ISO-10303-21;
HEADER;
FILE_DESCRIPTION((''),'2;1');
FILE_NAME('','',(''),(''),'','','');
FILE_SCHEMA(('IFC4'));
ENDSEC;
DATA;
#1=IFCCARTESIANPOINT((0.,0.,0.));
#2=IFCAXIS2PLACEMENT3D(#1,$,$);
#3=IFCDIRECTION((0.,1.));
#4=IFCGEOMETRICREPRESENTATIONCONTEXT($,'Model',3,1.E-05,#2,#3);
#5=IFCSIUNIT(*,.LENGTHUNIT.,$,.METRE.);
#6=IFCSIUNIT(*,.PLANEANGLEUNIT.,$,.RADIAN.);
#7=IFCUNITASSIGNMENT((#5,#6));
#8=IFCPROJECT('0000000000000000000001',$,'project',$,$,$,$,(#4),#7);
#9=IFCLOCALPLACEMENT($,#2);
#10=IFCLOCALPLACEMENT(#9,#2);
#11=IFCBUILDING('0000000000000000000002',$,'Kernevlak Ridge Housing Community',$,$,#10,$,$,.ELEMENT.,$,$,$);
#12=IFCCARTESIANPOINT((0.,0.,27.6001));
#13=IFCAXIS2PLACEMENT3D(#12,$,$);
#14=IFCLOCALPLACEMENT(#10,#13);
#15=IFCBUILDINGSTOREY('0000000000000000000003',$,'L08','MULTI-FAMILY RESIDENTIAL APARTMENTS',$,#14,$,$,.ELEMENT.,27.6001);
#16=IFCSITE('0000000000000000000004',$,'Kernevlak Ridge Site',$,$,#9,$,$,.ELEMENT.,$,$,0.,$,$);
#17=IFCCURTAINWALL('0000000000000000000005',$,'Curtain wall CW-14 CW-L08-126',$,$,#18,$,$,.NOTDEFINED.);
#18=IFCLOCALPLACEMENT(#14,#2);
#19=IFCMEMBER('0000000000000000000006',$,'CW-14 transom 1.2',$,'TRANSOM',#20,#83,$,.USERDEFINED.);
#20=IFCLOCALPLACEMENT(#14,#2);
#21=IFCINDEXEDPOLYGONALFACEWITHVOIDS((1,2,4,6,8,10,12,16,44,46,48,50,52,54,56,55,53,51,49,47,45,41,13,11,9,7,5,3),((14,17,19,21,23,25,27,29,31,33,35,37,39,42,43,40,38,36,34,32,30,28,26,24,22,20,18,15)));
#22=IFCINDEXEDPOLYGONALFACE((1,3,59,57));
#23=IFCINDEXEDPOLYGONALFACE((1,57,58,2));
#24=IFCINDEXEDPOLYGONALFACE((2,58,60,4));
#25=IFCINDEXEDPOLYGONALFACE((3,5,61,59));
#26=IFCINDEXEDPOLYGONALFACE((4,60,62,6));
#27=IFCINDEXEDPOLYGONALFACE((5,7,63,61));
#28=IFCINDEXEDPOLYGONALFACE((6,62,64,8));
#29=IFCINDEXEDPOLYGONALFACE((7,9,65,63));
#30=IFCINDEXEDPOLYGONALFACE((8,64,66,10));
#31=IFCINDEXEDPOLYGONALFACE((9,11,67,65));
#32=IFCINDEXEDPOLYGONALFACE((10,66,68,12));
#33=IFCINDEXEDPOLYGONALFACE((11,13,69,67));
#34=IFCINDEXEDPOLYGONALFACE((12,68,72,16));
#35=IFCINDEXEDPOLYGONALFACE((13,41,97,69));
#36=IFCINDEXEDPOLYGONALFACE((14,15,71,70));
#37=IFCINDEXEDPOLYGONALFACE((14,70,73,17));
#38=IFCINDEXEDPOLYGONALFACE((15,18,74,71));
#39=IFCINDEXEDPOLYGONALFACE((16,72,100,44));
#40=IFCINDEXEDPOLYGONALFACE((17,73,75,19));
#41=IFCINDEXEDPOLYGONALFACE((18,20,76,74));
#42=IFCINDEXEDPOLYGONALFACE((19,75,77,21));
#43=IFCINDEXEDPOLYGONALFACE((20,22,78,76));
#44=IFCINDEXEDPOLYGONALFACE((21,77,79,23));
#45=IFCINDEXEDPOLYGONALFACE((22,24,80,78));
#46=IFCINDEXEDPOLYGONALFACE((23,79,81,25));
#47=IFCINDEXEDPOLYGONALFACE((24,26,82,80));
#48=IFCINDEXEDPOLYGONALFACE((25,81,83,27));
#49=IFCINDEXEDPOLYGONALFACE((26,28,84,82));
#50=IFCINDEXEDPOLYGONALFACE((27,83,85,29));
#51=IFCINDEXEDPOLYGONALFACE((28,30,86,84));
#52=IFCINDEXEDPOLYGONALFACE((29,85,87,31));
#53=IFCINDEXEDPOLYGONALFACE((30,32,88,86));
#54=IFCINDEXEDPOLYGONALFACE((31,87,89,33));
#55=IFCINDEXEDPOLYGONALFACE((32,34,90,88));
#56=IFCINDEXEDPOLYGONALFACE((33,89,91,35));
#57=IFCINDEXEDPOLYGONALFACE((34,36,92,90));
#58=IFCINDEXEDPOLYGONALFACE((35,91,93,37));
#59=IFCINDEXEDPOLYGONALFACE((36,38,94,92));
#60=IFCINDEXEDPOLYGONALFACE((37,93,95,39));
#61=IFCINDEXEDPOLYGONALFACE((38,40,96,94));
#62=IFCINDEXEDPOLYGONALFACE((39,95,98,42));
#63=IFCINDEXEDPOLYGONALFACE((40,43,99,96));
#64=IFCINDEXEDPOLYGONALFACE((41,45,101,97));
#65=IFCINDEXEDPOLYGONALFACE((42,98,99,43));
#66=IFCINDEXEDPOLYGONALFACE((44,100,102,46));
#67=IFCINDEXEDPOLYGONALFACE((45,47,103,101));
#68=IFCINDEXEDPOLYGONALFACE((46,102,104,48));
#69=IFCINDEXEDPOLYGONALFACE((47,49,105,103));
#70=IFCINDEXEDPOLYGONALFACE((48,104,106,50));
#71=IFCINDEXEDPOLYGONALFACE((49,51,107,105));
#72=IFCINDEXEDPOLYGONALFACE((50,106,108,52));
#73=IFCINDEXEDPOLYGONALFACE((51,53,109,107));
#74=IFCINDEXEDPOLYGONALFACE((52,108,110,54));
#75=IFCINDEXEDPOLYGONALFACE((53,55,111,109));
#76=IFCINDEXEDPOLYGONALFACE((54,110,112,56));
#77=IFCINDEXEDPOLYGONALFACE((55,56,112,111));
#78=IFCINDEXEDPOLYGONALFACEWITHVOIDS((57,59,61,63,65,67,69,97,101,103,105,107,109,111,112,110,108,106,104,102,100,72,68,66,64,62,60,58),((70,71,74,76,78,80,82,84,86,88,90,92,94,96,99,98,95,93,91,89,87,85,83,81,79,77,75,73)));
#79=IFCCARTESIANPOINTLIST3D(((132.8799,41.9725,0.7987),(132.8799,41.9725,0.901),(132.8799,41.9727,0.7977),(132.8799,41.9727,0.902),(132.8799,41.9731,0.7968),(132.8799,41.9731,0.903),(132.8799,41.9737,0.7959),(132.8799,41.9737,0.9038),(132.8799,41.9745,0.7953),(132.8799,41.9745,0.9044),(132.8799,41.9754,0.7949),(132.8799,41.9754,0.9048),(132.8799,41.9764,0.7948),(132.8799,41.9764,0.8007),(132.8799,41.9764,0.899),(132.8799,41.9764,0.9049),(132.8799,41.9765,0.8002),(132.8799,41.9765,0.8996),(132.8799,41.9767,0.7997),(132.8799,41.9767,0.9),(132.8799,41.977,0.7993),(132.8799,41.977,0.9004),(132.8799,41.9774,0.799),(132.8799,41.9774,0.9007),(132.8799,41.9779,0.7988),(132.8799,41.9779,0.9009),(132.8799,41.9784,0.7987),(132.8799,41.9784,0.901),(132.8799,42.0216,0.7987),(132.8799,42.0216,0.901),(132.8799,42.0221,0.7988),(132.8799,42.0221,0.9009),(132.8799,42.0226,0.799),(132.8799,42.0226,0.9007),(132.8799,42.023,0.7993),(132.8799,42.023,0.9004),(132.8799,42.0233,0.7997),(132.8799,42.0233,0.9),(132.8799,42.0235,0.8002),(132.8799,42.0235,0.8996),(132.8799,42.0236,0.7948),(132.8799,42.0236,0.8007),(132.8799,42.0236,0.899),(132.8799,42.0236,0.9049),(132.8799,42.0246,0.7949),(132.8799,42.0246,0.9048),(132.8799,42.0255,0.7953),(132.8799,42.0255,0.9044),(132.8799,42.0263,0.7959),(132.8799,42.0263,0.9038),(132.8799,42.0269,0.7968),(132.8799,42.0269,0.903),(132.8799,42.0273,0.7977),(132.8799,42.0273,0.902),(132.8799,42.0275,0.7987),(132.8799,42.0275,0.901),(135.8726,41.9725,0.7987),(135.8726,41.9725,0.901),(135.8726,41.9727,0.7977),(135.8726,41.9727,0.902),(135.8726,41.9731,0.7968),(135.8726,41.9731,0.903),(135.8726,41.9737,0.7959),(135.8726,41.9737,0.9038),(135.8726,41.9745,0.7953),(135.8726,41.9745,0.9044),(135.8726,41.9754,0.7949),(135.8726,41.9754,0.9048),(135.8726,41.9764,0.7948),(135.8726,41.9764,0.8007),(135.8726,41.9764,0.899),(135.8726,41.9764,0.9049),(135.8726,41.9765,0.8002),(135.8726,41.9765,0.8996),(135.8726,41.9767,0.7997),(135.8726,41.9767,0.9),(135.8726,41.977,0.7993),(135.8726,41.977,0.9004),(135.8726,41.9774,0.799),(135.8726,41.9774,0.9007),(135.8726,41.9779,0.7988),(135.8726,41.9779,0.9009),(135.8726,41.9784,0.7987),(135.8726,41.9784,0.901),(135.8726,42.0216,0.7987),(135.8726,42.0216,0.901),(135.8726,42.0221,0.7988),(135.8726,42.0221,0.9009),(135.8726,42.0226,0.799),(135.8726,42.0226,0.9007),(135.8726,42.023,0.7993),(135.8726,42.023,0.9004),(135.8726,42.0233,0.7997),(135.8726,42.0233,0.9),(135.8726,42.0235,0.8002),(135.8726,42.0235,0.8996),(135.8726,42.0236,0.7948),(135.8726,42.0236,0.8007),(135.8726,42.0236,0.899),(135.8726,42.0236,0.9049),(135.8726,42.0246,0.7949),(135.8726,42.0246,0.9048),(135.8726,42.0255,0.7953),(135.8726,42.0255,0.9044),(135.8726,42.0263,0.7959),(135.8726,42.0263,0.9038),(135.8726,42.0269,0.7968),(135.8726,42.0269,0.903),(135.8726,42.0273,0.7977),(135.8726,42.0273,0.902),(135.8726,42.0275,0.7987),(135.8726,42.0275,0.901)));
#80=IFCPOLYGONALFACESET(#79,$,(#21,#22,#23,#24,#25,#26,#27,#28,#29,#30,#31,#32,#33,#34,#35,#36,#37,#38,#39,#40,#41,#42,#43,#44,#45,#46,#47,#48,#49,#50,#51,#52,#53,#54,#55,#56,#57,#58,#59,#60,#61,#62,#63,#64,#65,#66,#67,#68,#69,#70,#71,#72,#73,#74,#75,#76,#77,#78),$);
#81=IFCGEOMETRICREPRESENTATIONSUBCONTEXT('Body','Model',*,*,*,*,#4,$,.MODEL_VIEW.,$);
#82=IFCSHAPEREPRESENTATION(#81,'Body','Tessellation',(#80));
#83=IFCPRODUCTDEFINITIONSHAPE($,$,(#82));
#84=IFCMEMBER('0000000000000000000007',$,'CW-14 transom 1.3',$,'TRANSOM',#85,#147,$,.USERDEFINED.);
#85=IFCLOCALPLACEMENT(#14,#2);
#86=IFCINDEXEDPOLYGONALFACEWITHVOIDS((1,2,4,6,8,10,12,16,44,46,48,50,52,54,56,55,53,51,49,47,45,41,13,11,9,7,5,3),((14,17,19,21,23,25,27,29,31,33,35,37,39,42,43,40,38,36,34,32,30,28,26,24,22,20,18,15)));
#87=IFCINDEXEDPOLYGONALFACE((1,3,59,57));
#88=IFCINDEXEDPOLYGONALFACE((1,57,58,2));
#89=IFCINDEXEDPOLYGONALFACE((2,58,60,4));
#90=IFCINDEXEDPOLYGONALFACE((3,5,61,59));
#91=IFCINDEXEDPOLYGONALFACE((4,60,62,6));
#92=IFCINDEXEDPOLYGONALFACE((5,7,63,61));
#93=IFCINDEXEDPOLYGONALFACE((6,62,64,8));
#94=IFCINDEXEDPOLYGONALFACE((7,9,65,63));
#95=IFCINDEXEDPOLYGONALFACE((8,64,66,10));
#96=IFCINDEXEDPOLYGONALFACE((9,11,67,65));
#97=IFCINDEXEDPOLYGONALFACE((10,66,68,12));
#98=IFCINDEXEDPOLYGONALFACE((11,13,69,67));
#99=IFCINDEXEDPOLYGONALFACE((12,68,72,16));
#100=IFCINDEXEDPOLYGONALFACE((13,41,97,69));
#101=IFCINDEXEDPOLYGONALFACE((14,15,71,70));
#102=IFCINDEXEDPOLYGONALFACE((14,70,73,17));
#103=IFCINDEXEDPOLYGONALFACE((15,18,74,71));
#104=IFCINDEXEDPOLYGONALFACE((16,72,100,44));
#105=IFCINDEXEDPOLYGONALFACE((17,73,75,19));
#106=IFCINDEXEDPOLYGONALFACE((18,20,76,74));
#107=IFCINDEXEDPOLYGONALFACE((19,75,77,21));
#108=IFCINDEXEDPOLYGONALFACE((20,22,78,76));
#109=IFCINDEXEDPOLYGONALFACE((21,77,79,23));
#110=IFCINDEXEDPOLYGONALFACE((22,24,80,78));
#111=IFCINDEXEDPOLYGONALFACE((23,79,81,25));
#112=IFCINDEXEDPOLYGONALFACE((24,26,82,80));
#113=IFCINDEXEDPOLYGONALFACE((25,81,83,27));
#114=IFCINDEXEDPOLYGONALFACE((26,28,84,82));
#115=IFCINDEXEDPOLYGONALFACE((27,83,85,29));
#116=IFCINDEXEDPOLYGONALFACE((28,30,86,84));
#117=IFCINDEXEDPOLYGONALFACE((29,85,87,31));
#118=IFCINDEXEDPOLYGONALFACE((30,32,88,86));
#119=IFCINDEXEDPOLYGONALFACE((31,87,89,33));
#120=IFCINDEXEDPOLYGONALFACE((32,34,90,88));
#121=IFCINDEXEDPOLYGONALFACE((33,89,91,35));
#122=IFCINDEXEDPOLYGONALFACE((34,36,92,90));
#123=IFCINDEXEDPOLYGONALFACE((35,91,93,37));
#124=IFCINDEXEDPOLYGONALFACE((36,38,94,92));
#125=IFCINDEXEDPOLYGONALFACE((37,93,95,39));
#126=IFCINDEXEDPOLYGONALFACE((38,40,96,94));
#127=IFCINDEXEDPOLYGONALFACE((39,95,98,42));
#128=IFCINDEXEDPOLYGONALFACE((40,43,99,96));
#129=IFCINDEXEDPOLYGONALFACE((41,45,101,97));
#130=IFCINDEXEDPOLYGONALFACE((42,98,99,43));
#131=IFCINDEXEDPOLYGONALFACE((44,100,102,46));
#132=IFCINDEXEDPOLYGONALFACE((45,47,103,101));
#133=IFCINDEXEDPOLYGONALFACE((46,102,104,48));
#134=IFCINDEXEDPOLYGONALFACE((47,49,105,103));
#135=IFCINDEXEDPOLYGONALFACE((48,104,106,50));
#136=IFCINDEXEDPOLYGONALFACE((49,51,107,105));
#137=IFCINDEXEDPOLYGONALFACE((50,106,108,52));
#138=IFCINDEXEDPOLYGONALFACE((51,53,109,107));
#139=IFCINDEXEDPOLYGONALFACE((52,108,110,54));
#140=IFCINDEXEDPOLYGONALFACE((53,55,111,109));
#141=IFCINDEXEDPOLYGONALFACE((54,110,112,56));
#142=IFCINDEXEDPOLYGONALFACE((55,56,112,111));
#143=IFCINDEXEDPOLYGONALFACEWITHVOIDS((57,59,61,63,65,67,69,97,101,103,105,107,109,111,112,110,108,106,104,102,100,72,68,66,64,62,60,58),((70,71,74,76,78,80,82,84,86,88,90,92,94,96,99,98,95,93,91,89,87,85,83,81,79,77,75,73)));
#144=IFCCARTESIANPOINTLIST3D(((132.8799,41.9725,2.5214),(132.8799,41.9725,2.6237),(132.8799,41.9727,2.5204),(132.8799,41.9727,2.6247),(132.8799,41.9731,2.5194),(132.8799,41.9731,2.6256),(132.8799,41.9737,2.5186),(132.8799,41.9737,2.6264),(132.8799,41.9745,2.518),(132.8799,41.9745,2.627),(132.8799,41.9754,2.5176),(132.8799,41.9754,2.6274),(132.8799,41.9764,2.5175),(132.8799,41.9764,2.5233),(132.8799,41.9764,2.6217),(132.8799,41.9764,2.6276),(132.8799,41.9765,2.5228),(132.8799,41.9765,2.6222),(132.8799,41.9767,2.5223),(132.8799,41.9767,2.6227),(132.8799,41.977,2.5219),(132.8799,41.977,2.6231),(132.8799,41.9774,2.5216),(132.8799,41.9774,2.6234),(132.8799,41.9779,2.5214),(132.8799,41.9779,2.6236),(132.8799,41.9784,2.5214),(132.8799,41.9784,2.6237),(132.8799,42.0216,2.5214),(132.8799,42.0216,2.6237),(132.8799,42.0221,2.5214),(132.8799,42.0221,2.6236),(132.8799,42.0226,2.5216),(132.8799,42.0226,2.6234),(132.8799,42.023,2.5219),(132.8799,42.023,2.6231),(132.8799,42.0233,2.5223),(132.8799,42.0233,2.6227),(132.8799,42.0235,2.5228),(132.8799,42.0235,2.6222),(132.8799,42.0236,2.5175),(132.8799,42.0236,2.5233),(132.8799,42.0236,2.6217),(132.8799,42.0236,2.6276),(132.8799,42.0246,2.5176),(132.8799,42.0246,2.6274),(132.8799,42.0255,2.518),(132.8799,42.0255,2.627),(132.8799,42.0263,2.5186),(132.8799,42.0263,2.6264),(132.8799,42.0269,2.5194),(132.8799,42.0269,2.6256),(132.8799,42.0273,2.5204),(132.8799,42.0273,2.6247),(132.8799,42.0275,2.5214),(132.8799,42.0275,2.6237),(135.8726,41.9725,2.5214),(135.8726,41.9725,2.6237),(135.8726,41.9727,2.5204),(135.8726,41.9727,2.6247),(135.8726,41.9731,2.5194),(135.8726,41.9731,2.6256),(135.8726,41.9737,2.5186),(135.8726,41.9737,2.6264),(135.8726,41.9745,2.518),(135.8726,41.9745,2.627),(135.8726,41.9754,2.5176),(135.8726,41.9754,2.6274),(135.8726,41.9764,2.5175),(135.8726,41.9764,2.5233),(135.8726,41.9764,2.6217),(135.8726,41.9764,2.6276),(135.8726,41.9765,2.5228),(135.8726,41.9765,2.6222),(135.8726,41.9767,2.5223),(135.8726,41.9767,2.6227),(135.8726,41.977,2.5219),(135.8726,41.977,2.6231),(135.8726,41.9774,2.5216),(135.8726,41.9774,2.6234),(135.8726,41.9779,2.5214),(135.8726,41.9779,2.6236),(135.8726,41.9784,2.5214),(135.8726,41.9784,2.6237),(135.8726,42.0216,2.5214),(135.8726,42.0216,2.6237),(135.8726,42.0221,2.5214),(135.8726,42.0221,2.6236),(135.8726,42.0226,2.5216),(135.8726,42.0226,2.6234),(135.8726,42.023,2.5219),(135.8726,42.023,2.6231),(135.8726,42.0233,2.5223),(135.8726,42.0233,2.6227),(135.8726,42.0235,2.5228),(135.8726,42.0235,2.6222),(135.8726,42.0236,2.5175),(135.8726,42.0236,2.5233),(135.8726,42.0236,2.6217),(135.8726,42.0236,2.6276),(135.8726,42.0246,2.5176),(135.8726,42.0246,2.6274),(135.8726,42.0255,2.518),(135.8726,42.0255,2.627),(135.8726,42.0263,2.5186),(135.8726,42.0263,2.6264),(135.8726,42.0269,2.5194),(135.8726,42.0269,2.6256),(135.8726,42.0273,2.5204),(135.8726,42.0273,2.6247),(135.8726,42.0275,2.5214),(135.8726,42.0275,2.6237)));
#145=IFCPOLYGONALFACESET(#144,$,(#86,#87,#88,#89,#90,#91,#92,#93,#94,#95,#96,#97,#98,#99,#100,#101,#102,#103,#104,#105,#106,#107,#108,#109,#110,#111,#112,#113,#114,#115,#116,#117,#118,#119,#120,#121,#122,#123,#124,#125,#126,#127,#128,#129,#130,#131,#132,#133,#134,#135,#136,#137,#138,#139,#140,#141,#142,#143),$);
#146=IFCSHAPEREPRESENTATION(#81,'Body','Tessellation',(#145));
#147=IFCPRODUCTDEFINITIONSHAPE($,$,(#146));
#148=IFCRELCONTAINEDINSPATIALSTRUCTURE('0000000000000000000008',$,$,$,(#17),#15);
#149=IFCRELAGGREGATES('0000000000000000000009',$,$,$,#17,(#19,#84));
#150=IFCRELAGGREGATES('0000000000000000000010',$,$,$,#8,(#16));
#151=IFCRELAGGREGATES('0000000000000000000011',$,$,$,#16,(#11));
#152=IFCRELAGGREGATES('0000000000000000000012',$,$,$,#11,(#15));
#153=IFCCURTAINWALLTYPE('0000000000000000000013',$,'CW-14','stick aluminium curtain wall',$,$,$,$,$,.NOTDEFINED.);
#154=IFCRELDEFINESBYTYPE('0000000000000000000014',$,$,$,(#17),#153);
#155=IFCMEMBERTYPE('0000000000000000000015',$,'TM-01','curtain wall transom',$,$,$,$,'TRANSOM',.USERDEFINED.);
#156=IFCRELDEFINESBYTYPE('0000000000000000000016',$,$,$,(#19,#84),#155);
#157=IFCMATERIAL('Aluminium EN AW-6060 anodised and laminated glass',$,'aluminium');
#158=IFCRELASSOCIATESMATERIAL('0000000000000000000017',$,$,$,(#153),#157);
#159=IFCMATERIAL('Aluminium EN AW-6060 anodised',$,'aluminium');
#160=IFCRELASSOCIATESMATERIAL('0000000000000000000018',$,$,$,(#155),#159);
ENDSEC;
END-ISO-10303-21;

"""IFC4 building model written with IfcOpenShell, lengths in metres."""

from ifc_helpers import new_model, si_unit, direction, frame, origin, origin_2d, place, context, subcontext, project, spatial, hollow_rectangle, extrude, material, material_profile, profile_set, type_object, element, aggregate, save


model = new_model("IFC4")

# Units and contexts
model_context = context("Model", 3, precision=1e-05, world=origin(), true_north=direction((0.0, 1.0)))
body_context = subcontext(model_context, "Body", "Model", "MODEL_VIEW")
ifc_project = project(units=[si_unit("LENGTHUNIT", "METRE"), si_unit("PLANEANGLEUNIT", "RADIAN")], contexts=[model_context])

# Site, building, storey
site_placement = place(None, origin())
site = spatial("IfcSite", under=ifc_project, at=site_placement, Name="Kernevlak Ridge Site", CompositionType="ELEMENT", RefElevation=0.0)
building_placement = place(site_placement, origin())
building = spatial("IfcBuilding", under=site, at=building_placement, Name="Kernevlak Ridge Housing Community", CompositionType="ELEMENT")
storey_placement = place(building_placement, frame((0.0, 0.0, 27.6001)))
storey = spatial("IfcBuildingStorey", under=building, at=storey_placement, Name="L08", Description="MULTI-FAMILY RESIDENTIAL APARTMENTS", CompositionType="ELEMENT", Elevation=27.6001)

# Curtain wall
ifc_material_1 = material(Name="Aluminium EN AW-6060 anodised and laminated glass", Category="aluminium")
curtain_wall_type = type_object("IfcCurtainWallType", Name="CW-14", Description="stick aluminium curtain wall", PredefinedType="NOTDEFINED", material=ifc_material_1)
curtain_wall_placement = place(storey_placement, origin())
curtain_wall = element("IfcCurtainWall", 1, at=curtain_wall_placement, inside=storey, type_object=curtain_wall_type, Name="Curtain wall CW-14 CW-L08-126", PredefinedType="NOTDEFINED")
ifc_material_2 = material(Name="Aluminium EN AW-6060 anodised", Category="aluminium")

# Members
ifc_material_profile_1 = material_profile(ifc_material_2, hollow_rectangle(XDim=0.0549, YDim=0.1101, WallThickness=0.0039, InnerFilletRadius=0.002, OuterFilletRadius=0.0039, at=origin_2d()), Name="ALU 55x110x4")
ifc_profile_set_1 = profile_set([ifc_material_profile_1], Name="Aluminium EN AW-6060 anodised")
member_type_1 = type_object("IfcMemberType", Name="TM-01", Description="curtain wall transom", ElementType="TRANSOM", PredefinedType="USERDEFINED", material=ifc_profile_set_1)
member_1_placement = place(storey_placement, frame((132.8799, 42.0, 0.8499), z_axis=(1.0, 0.0, 0.0), x_axis=(0.0, 1.0, 0.0)))
member_1 = element("IfcMember", 2, at=member_1_placement, type_object=member_type_1, Name="CW-14 transom 1.2", ObjectType="TRANSOM", PredefinedType="USERDEFINED", context=body_context, shape_type="SweptSolid", body=[
    extrude(hollow_rectangle(XDim=0.0549, YDim=0.1101, WallThickness=0.0039, InnerFilletRadius=0.002, OuterFilletRadius=0.0039, at=origin_2d()), origin(), (0.0, 0.0, 1.0), 2.9927),
])
member_2_placement = place(storey_placement, frame((132.8799, 42.0, 2.5725), z_axis=(1.0, 0.0, 0.0), x_axis=(0.0, 1.0, 0.0)))
member_2 = element("IfcMember", 3, at=member_2_placement, type_object=member_type_1, Name="CW-14 transom 1.3", ObjectType="TRANSOM", PredefinedType="USERDEFINED", context=body_context, shape_type="SweptSolid", body=[
    extrude(hollow_rectangle(XDim=0.0549, YDim=0.1101, WallThickness=0.0039, InnerFilletRadius=0.002, OuterFilletRadius=0.0039, at=origin_2d()), origin(), (0.0, 0.0, 1.0), 2.9927),
])

aggregate(curtain_wall, [member_1, member_2])

save(model, "model.ifc")
